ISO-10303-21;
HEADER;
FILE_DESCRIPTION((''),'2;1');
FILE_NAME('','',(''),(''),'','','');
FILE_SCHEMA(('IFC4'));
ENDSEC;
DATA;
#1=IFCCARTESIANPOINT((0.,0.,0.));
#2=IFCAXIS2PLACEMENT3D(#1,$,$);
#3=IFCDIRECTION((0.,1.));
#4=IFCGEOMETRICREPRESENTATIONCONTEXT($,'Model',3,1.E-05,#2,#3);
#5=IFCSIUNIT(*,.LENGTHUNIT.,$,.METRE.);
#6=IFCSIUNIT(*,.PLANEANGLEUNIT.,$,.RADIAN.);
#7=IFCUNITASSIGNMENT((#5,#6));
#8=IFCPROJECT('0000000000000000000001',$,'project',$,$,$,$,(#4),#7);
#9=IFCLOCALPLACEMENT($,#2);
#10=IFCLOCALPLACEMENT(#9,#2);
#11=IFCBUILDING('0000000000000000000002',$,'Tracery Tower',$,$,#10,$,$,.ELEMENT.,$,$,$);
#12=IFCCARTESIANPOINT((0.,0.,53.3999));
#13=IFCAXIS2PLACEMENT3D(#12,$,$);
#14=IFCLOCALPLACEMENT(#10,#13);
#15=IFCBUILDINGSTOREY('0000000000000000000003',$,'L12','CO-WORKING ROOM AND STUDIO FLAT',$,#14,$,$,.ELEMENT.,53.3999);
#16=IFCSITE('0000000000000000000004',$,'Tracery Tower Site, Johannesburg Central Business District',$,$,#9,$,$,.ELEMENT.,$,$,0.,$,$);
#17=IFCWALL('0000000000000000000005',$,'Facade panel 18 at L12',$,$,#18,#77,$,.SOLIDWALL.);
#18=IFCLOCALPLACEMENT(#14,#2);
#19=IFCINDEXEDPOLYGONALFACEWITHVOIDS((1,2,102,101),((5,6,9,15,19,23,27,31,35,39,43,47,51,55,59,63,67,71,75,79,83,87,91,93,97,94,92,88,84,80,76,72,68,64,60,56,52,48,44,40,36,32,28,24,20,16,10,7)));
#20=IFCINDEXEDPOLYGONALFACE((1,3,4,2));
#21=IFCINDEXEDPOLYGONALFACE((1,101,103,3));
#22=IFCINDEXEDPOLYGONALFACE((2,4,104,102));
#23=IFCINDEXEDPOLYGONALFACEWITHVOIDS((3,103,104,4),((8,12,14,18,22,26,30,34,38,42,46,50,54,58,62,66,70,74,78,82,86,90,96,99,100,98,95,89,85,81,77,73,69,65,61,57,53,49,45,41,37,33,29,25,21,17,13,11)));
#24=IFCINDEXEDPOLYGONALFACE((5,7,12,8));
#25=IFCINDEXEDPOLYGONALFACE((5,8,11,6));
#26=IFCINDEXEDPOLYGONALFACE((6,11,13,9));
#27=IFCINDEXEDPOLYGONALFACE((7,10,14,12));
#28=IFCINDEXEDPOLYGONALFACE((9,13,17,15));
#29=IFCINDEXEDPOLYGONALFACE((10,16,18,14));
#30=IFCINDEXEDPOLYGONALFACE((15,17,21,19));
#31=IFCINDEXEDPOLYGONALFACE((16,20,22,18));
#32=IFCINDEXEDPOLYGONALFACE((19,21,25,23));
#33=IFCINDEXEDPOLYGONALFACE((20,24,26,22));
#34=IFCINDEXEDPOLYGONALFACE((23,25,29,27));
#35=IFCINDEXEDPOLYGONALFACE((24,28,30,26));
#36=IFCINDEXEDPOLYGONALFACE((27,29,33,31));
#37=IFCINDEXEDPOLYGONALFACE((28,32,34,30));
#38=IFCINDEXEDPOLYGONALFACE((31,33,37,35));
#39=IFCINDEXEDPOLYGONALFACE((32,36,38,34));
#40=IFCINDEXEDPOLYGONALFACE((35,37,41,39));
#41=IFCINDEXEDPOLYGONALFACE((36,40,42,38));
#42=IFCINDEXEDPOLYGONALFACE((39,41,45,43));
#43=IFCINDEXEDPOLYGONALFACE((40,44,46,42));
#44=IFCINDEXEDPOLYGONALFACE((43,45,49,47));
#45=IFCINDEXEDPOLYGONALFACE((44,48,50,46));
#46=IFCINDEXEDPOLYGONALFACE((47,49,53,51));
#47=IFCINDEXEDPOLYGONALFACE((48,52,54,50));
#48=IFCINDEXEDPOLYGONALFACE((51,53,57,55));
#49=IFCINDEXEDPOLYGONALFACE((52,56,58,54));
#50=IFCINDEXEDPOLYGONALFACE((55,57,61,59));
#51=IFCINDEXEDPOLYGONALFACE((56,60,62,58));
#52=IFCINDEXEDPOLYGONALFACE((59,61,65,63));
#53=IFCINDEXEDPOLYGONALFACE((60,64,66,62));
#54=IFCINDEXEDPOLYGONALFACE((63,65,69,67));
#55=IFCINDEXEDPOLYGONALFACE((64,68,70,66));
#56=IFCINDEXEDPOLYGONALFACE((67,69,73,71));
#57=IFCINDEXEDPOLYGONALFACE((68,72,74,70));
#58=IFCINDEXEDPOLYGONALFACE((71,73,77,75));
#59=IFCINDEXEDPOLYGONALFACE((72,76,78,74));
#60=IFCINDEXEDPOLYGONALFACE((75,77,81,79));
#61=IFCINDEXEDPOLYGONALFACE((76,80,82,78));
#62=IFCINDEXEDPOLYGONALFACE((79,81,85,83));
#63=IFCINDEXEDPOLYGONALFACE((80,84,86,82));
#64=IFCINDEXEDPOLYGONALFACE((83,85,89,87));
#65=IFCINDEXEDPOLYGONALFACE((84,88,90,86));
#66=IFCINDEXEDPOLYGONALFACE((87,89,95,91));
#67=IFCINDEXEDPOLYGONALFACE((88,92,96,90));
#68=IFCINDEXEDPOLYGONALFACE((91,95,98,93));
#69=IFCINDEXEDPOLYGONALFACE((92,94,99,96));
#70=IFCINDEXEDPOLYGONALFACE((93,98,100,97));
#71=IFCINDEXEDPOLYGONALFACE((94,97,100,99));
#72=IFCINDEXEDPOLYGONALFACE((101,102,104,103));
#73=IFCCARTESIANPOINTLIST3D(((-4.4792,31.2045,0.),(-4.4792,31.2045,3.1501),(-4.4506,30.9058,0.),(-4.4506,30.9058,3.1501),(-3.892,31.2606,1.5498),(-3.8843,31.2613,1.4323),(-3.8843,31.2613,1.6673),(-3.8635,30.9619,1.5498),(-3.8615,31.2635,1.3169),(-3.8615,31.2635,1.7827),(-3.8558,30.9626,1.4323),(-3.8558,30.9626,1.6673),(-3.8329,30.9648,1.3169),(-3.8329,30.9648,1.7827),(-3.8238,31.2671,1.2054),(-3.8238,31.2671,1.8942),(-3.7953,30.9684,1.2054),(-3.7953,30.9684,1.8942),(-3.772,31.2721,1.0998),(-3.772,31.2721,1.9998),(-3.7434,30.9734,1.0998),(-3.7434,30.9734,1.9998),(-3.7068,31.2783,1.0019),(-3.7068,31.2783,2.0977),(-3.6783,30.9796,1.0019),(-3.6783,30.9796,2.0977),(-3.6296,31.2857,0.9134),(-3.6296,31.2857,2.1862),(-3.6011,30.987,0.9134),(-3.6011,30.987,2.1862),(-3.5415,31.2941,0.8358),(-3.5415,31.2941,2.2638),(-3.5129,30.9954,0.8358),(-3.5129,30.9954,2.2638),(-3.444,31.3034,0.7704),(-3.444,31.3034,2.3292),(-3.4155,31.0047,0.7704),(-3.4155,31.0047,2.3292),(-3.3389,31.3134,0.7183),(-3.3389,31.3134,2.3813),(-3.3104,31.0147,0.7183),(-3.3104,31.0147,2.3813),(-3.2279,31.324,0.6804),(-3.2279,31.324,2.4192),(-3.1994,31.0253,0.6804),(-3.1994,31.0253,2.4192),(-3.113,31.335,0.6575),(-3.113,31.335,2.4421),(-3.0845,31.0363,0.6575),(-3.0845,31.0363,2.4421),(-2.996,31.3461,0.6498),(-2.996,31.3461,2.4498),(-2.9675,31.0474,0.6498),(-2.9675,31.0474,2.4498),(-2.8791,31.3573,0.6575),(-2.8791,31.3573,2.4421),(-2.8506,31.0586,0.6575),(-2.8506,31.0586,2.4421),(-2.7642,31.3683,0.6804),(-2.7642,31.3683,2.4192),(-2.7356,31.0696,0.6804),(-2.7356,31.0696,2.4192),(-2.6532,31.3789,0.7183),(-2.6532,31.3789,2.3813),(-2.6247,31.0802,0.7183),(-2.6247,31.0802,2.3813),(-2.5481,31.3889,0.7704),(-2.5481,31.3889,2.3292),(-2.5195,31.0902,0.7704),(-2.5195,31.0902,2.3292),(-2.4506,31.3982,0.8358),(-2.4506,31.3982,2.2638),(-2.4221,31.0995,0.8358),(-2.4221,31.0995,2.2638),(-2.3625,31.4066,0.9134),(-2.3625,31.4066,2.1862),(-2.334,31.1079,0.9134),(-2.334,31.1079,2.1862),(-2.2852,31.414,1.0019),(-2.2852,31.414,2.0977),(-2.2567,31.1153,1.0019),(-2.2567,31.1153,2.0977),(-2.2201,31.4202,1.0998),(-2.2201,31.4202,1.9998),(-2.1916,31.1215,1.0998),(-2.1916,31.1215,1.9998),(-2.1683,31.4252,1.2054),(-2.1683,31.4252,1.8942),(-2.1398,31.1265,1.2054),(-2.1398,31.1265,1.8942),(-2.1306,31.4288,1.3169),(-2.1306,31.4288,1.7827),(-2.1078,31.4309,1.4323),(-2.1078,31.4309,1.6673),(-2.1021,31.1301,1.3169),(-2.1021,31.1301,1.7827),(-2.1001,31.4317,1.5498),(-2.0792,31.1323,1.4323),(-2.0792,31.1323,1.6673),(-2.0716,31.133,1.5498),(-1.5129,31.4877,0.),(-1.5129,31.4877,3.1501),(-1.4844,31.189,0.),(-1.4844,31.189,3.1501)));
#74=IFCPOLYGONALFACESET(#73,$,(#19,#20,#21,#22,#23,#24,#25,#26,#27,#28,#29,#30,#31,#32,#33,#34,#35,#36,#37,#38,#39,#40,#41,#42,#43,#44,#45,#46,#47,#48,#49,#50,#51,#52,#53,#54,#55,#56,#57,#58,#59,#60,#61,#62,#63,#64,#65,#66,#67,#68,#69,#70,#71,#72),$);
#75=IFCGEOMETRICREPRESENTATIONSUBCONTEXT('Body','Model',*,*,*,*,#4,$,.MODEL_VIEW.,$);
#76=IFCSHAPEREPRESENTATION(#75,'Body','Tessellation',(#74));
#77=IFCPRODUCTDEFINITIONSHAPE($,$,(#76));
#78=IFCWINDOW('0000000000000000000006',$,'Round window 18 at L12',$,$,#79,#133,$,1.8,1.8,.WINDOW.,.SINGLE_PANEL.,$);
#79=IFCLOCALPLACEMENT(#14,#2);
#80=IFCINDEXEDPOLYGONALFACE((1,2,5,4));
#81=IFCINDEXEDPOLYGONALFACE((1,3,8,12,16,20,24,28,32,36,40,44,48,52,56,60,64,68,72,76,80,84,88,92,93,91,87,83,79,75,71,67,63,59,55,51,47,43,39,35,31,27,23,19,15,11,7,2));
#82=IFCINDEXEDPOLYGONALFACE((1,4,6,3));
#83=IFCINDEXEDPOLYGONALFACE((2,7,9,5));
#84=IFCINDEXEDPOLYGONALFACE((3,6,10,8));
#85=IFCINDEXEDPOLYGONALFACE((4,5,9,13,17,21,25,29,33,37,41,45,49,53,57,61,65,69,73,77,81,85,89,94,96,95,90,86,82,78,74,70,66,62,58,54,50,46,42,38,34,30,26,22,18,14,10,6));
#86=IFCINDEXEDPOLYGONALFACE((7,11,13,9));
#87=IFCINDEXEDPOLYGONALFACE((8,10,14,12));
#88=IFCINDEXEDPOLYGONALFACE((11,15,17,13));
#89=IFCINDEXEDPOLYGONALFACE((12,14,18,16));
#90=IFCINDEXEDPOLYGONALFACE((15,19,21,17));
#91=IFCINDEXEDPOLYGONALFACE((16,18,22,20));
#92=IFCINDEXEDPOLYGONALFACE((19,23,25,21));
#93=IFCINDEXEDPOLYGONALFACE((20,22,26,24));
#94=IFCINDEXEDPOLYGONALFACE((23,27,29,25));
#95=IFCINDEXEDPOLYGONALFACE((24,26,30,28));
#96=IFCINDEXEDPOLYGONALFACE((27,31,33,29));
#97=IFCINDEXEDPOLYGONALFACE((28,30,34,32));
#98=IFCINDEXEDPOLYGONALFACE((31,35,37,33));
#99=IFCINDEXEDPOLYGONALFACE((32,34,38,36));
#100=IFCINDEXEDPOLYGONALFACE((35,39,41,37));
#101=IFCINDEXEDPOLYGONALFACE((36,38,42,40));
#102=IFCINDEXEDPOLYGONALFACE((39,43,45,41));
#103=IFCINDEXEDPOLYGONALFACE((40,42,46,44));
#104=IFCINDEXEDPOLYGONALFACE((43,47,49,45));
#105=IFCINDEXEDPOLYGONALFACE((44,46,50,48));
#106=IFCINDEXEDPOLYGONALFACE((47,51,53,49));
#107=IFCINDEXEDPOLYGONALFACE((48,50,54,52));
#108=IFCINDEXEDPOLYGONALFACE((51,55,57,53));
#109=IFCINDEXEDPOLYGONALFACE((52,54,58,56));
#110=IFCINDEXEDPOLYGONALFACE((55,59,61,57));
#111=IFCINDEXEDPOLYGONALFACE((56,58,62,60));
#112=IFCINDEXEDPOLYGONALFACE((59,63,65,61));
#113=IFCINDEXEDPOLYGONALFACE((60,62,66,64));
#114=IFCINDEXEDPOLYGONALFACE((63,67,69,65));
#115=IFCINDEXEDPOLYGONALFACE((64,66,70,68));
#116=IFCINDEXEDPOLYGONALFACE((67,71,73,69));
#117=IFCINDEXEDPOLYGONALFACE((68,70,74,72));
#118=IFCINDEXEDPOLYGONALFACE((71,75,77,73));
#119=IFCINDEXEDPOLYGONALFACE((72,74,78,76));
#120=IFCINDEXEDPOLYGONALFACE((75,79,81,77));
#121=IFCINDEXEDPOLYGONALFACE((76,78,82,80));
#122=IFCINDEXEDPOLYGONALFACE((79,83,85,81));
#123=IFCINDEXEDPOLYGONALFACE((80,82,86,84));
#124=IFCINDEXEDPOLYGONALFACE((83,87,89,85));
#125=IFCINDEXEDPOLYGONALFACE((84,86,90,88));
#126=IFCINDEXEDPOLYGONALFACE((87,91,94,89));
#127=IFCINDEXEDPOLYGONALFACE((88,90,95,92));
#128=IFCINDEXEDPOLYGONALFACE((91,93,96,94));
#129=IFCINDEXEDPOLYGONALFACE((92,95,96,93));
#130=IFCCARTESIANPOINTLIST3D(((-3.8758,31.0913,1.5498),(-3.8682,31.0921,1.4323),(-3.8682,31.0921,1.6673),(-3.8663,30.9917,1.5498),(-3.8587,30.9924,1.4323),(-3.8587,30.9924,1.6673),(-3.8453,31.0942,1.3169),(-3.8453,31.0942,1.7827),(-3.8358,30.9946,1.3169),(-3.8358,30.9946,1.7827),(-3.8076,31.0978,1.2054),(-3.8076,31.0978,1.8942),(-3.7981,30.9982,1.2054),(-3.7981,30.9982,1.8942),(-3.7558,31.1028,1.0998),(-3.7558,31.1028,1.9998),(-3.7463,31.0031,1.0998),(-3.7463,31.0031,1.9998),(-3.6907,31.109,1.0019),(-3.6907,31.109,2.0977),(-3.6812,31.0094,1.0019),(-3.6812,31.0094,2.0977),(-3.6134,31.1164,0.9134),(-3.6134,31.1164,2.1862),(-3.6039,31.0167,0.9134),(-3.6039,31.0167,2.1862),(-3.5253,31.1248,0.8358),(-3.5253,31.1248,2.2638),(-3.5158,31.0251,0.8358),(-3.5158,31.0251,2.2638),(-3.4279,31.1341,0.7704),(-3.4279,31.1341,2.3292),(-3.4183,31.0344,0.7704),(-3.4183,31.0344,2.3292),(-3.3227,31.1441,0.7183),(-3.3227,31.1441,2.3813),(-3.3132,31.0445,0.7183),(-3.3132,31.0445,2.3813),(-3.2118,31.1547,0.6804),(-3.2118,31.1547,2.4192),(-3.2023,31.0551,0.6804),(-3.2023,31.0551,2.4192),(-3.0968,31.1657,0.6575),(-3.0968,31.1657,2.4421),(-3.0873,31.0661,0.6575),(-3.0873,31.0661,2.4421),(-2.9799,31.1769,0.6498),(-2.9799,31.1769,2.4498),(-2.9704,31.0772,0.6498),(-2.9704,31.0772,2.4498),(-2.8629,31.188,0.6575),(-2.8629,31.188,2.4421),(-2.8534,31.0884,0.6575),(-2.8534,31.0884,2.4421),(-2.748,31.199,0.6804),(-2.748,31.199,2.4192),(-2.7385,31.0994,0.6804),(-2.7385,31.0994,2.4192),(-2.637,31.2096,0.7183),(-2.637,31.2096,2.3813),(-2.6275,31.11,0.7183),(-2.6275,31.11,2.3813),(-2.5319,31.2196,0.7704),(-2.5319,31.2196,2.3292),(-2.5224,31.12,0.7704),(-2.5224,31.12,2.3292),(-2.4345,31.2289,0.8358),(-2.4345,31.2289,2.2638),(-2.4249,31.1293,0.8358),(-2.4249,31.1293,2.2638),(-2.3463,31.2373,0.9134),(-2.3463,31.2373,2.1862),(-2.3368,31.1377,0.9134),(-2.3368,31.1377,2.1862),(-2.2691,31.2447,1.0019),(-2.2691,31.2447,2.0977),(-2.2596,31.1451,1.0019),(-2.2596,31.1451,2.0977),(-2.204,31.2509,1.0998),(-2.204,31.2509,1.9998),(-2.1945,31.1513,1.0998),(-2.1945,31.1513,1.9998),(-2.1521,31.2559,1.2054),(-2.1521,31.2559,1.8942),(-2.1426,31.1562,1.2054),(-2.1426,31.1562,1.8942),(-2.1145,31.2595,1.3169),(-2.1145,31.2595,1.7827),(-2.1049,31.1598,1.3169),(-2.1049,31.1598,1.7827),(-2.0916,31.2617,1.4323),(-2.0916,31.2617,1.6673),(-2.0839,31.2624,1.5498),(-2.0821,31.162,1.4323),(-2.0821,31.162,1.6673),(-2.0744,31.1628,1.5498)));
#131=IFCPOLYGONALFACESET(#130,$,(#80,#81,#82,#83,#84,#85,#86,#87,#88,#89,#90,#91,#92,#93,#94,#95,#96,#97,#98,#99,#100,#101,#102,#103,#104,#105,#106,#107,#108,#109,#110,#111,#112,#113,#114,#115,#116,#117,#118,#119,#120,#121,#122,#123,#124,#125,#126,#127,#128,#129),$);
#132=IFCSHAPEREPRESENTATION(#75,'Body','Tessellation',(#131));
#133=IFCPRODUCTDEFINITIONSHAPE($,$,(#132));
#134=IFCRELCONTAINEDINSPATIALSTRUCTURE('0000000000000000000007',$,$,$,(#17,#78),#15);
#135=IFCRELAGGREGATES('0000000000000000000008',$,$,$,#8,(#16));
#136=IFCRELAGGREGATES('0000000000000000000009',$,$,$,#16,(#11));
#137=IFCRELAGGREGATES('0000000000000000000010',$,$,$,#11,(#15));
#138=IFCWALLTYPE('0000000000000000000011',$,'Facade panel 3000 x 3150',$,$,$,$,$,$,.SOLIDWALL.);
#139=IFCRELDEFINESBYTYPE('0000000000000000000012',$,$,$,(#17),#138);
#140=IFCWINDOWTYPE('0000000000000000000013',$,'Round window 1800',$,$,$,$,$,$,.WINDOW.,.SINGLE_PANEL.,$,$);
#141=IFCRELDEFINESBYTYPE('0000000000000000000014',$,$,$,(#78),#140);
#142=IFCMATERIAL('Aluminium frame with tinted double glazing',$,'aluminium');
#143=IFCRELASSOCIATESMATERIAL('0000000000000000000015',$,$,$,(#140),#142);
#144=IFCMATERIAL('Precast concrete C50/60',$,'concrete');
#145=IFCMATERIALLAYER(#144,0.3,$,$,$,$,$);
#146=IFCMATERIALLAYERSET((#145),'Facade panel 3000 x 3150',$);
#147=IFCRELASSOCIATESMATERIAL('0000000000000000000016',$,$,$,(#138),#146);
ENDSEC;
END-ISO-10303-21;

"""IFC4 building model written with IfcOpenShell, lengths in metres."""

from ifc_helpers import new_model, si_unit, direction, frame, frame_2d, origin, origin_2d, place, context, subcontext, project, spatial, rectangle, circle, extrude, material, layer, layer_set, type_object, element, fill, save


model = new_model("IFC4")

# Units and contexts
model_context = context("Model", 3, precision=1e-05, world=origin(), true_north=direction((0.0, 1.0)))
body_context = subcontext(model_context, "Body", "Model", "MODEL_VIEW")
ifc_project = project(units=[si_unit("LENGTHUNIT", "METRE"), si_unit("PLANEANGLEUNIT", "RADIAN")], contexts=[model_context])

# Site, building, storey
site_placement = place(None, origin())
site = spatial("IfcSite", under=ifc_project, at=site_placement, Name="Tracery Tower Site, Johannesburg Central Business District", CompositionType="ELEMENT", RefElevation=0.0)
building_placement = place(site_placement, origin())
building = spatial("IfcBuilding", under=site, at=building_placement, Name="Tracery Tower", CompositionType="ELEMENT")
storey_placement = place(building_placement, frame((0.0, 0.0, 53.3999)))
storey = spatial("IfcBuildingStorey", under=building, at=storey_placement, Name="L12", Description="CO-WORKING ROOM AND STUDIO FLAT", CompositionType="ELEMENT", Elevation=53.3999)

# Wall, opening, window
ifc_material_1 = material(Name="Aluminium frame with tinted double glazing", Category="aluminium")
window_type = type_object("IfcWindowType", Name="Round window 1800", PartitioningType="SINGLE_PANEL", PredefinedType="WINDOW", material=ifc_material_1)
ifc_material_2 = material(Name="Precast concrete C50/60", Category="concrete")
ifc_layer_1 = layer(ifc_material_2, 0.3)
ifc_layer_set_1 = layer_set([ifc_layer_1], Name="Facade panel 3000 x 3150")
wall_type_1 = type_object("IfcWallType", Name="Facade panel 3000 x 3150", PredefinedType="SOLIDWALL", material=ifc_layer_set_1)
wall_1_placement = place(storey_placement, frame((-1.4988, 31.3384, 0.0), z_axis=(0.0, 0.0, 1.0), x_axis=(-0.995473, -0.095041, 0.0)))
wall_1 = element("IfcWall", 1, at=wall_1_placement, inside=storey, type_object=wall_type_1, Name="Facade panel 18 at L12", PredefinedType="SOLIDWALL", context=body_context, shape_type="SweptSolid", body=[
    extrude(rectangle(XDim=2.9797, YDim=0.3, at=frame_2d((1.4897, 0.0))), origin(), (0.0, 0.0, 1.0), 3.1501),
])
opening_1_placement = place(wall_1_placement, frame((1.4897, 0.0, 1.5498)))
opening_1 = element("IfcOpeningElement", 2, at=opening_1_placement, cuts=wall_1, PredefinedType="OPENING", context=body_context, shape_type="SweptSolid", body=[
    extrude(circle(Radius=0.9, at=origin_2d()), frame((0.0, 0.1599, 0.0), z_axis=(0.0, -1.0, 0.0), x_axis=(1.0, 0.0, 0.0)), (0.0, 0.0, 1.0), 0.3201),
])
window_1_placement = place(opening_1_placement, origin())
window_1 = element("IfcWindow", 3, at=window_1_placement, inside=storey, type_object=window_type, Name="Round window 18 at L12", OverallHeight=1.8, OverallWidth=1.8, PartitioningType="SINGLE_PANEL", PredefinedType="WINDOW", context=body_context, shape_type="SweptSolid", body=[
    extrude(circle(Radius=0.9, at=origin_2d()), frame((0.0, 0.1201, 0.0), z_axis=(0.0, -1.0, 0.0), x_axis=(1.0, 0.0, 0.0)), (0.0, 0.0, 1.0), 0.1001),
])
fill(opening_1, window_1)

save(model, "model.ifc")
